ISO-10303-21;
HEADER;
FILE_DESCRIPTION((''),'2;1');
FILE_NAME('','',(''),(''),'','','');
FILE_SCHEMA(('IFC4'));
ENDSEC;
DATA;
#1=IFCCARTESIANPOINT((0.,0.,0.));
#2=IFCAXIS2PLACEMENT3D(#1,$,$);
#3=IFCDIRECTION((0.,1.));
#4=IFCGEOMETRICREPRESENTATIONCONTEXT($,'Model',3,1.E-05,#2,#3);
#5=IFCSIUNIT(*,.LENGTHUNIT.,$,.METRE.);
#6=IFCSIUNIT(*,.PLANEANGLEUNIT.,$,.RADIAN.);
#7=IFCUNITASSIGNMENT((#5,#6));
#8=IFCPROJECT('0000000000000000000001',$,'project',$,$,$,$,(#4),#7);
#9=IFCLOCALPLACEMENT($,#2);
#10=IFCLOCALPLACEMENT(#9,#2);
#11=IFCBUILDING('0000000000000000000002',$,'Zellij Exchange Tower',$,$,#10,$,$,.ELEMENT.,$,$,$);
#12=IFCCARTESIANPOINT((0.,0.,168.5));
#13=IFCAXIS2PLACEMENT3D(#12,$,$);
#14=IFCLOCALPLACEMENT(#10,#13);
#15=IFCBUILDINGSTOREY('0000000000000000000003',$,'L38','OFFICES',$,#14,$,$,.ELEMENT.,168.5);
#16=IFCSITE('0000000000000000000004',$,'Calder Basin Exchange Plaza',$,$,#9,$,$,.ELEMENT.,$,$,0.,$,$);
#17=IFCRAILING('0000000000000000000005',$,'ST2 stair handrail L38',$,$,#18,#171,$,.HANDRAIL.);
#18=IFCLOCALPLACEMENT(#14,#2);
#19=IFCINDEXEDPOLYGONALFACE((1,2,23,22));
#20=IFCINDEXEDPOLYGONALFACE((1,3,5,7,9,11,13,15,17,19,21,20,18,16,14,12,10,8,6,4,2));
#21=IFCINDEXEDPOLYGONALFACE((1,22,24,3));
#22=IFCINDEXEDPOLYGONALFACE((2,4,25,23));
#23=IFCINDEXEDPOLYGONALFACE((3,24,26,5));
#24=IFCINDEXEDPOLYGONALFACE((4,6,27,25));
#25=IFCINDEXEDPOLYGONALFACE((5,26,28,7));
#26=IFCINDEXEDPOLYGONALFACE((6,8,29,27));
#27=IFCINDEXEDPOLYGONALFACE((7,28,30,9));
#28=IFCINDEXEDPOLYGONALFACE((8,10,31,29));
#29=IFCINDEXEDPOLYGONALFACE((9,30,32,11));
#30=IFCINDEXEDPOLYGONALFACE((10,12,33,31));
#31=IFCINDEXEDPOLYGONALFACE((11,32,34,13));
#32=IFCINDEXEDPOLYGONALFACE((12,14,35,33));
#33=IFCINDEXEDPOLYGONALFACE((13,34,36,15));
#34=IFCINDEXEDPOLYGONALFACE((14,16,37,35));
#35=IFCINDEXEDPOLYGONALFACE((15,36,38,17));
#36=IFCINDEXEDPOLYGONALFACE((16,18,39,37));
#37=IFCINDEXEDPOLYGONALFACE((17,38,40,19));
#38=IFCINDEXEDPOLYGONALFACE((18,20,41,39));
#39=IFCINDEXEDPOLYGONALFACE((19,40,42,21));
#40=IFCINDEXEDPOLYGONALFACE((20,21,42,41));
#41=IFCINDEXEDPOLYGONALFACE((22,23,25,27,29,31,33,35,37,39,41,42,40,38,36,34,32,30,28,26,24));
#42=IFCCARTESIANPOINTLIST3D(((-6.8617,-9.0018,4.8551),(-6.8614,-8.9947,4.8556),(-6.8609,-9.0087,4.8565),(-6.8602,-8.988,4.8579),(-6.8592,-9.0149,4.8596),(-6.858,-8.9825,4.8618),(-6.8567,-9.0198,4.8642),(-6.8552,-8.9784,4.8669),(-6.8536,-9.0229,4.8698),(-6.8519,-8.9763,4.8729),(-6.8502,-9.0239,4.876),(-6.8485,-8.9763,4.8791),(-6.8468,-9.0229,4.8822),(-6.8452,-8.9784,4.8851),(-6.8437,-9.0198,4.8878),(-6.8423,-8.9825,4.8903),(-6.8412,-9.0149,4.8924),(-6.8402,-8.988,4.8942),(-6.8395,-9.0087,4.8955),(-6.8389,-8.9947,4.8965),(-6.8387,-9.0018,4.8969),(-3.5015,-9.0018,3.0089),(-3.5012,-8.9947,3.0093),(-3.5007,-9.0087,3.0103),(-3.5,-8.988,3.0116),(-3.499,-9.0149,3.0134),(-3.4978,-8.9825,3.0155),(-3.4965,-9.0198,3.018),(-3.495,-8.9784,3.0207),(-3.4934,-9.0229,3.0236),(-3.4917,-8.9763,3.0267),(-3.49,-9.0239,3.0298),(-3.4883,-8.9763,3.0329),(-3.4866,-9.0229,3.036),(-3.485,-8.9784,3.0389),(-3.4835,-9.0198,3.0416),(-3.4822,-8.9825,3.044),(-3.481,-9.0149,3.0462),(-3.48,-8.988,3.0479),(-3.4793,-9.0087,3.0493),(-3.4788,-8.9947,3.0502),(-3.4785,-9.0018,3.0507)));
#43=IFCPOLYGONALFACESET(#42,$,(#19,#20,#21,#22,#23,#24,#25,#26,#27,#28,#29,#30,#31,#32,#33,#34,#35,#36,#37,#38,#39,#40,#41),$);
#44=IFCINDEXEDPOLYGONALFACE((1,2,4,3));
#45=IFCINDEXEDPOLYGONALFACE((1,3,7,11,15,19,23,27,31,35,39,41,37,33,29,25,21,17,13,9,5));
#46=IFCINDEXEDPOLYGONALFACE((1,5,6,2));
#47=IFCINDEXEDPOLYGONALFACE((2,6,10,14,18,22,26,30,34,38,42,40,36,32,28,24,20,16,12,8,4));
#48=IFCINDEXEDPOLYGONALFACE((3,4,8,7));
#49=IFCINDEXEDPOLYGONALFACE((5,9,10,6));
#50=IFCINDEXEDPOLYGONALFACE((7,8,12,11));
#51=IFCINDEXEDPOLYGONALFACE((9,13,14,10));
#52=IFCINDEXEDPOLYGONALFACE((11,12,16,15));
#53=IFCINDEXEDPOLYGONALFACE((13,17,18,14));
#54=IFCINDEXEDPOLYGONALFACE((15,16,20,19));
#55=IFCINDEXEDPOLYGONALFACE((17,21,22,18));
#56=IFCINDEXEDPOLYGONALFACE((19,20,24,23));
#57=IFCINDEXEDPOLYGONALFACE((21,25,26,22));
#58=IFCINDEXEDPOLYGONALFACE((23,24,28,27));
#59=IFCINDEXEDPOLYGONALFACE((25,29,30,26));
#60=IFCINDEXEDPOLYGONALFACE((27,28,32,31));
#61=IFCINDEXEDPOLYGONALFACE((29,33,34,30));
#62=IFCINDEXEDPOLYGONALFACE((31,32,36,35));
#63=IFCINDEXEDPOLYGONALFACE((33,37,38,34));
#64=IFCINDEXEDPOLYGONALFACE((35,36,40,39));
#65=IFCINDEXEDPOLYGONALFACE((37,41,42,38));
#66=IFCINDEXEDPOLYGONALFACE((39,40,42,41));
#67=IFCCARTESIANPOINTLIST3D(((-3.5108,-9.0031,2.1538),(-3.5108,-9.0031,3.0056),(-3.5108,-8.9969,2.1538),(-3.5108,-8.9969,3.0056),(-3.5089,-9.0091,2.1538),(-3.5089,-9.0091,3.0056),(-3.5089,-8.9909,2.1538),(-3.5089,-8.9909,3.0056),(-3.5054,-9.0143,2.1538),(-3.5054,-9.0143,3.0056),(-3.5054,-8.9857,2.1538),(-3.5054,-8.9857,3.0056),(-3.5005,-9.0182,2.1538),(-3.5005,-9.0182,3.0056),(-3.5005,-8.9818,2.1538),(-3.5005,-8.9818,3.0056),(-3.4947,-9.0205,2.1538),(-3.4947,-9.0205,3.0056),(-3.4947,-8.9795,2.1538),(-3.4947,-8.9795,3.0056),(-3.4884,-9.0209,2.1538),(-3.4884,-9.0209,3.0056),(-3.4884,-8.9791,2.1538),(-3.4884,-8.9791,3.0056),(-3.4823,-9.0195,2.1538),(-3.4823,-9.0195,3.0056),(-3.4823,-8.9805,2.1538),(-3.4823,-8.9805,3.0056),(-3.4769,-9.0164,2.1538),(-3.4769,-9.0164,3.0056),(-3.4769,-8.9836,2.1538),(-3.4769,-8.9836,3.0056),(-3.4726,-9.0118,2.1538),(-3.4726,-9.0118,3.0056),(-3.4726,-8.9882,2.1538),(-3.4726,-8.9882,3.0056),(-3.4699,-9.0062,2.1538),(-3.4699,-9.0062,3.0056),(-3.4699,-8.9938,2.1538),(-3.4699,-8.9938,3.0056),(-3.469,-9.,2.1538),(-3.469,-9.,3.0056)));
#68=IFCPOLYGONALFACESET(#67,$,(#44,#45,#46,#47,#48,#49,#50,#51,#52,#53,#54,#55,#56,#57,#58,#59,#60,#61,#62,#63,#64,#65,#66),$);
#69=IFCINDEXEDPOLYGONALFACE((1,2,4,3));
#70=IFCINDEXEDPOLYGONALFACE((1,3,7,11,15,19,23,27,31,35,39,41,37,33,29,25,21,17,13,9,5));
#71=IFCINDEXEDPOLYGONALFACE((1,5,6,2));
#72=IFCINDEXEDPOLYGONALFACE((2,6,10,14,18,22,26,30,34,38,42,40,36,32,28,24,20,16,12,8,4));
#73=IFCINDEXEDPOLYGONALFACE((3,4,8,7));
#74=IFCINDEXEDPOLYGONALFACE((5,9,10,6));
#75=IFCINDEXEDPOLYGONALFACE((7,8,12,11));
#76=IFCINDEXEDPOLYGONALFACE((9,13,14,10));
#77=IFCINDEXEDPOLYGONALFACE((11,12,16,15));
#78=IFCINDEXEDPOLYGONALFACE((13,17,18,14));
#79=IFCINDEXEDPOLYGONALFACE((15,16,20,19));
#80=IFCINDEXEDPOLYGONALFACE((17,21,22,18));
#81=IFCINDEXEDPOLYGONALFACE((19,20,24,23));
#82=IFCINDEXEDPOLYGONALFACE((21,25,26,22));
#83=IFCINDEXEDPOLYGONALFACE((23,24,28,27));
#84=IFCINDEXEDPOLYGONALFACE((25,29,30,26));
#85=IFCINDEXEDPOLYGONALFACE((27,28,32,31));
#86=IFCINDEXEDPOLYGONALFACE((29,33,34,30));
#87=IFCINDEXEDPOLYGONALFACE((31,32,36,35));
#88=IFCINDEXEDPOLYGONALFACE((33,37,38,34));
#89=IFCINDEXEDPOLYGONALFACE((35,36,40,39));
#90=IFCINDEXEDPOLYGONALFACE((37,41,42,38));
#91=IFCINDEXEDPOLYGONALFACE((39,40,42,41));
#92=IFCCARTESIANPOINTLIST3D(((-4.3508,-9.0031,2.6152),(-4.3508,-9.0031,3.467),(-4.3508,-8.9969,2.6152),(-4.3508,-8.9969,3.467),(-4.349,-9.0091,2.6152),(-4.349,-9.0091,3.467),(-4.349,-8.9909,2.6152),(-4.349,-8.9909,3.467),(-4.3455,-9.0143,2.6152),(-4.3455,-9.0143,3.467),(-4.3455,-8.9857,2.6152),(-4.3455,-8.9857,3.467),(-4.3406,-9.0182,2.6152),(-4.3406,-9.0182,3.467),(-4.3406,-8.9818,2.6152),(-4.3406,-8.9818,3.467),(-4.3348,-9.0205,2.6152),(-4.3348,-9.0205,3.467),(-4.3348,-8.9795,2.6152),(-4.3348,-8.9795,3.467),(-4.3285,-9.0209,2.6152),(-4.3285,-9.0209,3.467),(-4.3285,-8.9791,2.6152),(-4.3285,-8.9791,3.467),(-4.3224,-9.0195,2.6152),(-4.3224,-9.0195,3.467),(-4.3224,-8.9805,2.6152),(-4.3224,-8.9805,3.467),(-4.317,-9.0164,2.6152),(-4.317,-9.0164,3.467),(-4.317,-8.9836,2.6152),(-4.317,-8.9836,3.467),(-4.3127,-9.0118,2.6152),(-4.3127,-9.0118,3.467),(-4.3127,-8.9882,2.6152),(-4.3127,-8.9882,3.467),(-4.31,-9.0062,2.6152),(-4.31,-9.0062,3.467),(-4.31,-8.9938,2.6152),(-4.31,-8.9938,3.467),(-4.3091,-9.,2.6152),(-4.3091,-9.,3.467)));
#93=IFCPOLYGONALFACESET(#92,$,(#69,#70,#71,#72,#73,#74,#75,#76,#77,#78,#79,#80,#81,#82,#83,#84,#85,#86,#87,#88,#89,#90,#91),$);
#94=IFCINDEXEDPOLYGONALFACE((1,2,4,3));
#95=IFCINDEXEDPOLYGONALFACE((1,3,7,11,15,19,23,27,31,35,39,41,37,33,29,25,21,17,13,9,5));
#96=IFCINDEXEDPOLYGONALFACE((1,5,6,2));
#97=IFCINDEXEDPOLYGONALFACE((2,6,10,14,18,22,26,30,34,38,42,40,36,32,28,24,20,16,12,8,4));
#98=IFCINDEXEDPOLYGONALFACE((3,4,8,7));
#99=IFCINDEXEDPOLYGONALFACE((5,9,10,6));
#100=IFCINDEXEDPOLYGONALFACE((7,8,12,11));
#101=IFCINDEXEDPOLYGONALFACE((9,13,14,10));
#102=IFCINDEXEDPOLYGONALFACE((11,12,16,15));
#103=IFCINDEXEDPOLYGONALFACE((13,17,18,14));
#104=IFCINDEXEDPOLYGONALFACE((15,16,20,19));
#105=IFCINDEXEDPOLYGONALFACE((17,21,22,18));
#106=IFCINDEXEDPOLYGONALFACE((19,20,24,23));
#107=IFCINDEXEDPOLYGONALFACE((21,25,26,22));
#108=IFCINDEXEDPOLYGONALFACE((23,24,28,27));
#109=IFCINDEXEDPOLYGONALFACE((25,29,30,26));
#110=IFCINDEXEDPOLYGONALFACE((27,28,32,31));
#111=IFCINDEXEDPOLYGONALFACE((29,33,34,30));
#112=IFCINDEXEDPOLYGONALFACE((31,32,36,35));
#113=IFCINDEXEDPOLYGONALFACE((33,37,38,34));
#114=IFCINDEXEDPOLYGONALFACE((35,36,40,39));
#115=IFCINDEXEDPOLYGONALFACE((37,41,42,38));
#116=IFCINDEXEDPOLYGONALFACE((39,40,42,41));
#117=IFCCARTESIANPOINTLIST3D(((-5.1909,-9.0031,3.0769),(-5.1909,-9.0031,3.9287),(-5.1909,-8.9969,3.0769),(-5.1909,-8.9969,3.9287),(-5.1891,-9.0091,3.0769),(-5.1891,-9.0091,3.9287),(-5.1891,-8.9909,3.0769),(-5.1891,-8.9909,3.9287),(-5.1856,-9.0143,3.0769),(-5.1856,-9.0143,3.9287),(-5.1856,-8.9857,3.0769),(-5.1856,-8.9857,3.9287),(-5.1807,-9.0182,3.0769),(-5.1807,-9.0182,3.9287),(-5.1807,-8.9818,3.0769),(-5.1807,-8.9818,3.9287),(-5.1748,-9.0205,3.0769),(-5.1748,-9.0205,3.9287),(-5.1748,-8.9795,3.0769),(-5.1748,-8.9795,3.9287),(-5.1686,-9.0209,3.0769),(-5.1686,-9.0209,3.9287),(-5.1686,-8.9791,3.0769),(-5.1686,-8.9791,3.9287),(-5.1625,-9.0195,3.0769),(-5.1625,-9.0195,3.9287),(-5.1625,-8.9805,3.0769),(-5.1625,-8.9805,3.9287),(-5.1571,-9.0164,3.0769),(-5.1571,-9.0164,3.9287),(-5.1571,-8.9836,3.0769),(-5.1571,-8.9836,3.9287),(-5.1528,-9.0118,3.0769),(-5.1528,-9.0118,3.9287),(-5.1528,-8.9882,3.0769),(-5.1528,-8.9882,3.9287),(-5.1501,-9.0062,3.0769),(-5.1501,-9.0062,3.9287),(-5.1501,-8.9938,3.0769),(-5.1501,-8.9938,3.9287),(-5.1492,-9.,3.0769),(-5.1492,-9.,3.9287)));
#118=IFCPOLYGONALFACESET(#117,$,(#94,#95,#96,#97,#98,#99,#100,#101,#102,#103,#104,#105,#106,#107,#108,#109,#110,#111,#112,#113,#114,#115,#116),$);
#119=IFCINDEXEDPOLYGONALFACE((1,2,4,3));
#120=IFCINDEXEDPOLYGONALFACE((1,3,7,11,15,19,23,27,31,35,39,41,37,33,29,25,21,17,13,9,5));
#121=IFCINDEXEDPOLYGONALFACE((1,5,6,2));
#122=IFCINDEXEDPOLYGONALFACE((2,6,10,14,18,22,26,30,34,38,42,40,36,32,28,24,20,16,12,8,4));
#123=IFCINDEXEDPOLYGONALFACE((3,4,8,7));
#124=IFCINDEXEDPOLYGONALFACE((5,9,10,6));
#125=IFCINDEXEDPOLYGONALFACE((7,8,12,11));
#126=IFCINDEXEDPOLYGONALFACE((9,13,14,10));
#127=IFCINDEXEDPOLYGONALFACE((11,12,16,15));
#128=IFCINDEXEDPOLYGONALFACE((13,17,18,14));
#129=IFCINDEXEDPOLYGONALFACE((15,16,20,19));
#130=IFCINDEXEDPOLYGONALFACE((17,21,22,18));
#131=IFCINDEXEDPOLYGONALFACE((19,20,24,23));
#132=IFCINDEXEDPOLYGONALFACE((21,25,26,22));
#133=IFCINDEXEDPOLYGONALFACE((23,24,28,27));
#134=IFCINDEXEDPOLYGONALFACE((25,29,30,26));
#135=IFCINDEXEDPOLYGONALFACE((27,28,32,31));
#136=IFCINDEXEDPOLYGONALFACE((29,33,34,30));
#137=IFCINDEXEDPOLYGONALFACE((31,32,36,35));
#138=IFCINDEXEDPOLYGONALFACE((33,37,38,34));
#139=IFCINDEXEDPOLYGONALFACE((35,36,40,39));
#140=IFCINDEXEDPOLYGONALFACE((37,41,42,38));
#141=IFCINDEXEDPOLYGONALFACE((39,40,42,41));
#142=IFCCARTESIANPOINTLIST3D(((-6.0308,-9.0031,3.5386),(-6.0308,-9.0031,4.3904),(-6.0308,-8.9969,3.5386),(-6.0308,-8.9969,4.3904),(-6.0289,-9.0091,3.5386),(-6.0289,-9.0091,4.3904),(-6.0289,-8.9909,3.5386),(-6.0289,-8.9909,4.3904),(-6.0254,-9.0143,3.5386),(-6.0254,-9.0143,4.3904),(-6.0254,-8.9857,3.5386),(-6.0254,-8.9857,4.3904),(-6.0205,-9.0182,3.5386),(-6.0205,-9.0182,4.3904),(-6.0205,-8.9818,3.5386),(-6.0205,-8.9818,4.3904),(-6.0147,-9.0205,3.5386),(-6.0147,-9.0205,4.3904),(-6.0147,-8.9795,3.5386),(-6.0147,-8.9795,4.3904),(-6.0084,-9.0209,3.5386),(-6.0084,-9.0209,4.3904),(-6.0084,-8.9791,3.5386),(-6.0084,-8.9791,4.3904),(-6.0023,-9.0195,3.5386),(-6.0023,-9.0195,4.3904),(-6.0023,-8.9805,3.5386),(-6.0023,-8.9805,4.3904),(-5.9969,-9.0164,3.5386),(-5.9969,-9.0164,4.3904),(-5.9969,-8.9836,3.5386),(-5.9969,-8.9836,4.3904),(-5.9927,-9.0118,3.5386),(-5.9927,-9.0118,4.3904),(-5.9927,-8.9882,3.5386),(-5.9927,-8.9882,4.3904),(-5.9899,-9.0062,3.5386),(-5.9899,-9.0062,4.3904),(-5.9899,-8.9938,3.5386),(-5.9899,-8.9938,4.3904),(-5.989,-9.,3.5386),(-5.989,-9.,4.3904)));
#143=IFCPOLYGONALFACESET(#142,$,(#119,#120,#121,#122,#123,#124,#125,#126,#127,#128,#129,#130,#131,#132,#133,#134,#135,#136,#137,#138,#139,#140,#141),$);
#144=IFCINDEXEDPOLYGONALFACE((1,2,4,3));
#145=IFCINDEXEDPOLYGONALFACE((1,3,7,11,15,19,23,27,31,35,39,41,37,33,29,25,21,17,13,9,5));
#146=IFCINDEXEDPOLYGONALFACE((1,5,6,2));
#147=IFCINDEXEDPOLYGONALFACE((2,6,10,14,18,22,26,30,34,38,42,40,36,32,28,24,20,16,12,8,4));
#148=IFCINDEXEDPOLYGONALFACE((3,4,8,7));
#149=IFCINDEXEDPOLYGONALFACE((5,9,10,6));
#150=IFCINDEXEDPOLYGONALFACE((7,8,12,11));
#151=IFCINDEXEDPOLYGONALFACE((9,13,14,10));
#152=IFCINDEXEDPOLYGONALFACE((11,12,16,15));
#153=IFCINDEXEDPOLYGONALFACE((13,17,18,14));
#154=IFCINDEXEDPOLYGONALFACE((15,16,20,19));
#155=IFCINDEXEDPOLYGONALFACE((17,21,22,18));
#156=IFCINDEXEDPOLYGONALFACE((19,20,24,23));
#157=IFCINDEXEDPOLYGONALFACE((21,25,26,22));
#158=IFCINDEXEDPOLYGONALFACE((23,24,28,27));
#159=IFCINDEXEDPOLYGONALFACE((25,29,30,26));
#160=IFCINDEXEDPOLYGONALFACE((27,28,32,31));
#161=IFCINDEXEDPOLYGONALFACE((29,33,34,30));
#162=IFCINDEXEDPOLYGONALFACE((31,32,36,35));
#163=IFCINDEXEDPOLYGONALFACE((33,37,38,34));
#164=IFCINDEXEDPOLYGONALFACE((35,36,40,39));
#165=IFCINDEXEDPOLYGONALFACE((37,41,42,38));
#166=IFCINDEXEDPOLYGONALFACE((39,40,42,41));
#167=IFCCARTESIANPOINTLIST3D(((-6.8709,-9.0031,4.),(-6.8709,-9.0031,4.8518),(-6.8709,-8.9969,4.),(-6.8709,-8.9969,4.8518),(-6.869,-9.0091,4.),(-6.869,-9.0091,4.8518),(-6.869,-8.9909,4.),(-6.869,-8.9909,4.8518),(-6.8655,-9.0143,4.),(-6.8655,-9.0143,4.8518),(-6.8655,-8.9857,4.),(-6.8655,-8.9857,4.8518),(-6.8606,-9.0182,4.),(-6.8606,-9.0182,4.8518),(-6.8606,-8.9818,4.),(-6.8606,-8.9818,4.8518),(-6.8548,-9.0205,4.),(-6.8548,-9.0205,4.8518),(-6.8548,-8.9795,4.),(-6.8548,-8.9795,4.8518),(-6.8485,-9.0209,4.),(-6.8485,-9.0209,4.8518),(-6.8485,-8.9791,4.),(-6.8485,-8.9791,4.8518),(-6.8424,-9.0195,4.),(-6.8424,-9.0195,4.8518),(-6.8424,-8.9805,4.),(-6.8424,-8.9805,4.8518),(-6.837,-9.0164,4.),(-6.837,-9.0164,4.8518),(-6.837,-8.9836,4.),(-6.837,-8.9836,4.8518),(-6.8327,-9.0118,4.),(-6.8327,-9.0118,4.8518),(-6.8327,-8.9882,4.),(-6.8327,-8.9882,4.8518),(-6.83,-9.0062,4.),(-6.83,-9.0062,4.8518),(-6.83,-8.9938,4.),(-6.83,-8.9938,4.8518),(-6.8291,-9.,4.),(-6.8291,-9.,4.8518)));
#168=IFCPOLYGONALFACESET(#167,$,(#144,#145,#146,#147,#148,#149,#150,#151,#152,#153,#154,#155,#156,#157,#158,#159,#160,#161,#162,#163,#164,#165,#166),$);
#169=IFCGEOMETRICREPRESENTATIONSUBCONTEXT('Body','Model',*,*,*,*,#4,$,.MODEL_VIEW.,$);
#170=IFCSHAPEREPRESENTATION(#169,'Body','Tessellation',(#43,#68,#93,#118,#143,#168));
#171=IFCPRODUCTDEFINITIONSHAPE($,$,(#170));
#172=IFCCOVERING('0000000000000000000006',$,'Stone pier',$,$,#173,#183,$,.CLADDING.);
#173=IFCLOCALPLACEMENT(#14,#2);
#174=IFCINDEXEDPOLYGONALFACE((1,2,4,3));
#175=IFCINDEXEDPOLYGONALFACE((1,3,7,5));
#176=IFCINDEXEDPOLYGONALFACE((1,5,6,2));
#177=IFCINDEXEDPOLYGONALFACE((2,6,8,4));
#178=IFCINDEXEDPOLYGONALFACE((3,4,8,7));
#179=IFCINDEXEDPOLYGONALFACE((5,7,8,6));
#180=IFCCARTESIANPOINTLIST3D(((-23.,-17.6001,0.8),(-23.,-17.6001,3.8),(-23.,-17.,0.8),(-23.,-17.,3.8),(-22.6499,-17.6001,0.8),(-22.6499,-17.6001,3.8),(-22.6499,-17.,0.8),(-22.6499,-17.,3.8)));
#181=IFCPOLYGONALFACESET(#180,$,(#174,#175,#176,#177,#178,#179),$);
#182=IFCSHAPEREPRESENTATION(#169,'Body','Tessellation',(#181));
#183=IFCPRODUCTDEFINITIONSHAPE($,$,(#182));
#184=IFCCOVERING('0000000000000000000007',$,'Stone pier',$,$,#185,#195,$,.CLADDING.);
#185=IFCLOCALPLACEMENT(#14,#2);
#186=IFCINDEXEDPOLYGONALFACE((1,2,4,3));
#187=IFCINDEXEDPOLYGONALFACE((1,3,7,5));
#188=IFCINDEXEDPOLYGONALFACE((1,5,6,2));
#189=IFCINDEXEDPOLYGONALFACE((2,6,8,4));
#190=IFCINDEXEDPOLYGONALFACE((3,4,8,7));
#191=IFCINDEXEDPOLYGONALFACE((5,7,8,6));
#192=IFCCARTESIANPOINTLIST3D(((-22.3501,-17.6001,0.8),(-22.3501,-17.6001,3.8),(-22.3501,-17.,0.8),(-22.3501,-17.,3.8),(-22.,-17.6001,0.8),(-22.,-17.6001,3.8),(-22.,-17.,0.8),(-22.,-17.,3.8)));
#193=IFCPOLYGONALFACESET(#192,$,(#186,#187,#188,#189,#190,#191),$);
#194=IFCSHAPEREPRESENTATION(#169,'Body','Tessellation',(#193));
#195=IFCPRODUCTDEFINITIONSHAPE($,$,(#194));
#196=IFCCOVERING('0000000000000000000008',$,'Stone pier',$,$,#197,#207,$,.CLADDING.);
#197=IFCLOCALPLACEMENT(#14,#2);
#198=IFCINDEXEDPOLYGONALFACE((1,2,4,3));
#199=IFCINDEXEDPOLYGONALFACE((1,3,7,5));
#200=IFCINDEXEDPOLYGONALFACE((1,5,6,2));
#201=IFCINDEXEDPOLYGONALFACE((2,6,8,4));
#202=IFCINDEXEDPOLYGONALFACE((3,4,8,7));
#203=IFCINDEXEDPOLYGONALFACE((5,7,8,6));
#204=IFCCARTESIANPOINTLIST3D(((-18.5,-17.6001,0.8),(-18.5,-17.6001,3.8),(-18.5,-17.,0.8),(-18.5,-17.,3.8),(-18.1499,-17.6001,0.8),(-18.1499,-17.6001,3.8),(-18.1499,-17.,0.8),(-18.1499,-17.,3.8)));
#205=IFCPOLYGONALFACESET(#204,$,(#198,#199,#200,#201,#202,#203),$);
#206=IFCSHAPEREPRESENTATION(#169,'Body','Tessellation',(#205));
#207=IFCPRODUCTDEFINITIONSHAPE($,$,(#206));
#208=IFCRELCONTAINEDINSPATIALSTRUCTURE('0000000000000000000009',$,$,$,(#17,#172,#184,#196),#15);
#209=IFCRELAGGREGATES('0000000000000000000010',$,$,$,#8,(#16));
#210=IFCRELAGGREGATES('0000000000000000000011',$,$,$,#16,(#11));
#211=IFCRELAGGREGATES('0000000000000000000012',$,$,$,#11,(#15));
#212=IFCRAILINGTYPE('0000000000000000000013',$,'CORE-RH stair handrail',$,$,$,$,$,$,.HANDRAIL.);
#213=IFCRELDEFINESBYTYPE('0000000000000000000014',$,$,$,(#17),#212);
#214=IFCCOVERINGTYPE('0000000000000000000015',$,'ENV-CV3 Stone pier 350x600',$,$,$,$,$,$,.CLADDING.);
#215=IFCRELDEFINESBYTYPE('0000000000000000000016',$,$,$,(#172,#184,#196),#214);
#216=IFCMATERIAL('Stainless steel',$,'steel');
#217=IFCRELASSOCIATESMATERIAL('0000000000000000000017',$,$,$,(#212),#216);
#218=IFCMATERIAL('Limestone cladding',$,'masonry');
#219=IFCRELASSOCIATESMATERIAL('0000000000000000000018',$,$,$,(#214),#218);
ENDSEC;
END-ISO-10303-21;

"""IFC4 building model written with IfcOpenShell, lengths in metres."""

from ifc_helpers import new_model, si_unit, direction, frame, origin, origin_2d, place, context, subcontext, project, spatial, polyline, circle, outline, extrude, material, type_object, element, save


model = new_model("IFC4")

# Units and contexts
model_context = context("Model", 3, precision=1e-05, world=origin(), true_north=direction((0.0, 1.0)))
body_context = subcontext(model_context, "Body", "Model", "MODEL_VIEW")
ifc_project = project(units=[si_unit("LENGTHUNIT", "METRE"), si_unit("PLANEANGLEUNIT", "RADIAN")], contexts=[model_context])

# Site, building, storey
site_placement = place(None, origin())
site = spatial("IfcSite", under=ifc_project, at=site_placement, Name="Calder Basin Exchange Plaza", CompositionType="ELEMENT", RefElevation=0.0)
building_placement = place(site_placement, origin())
building = spatial("IfcBuilding", under=site, at=building_placement, Name="Zellij Exchange Tower", CompositionType="ELEMENT")
storey_placement = place(building_placement, frame((0.0, 0.0, 168.5)))
storey = spatial("IfcBuildingStorey", under=building, at=storey_placement, Name="L38", Description="OFFICES", CompositionType="ELEMENT", Elevation=168.5)

# Railing
ifc_material_1 = material(Name="Stainless steel", Category="steel")
railing_type = type_object("IfcRailingType", Name="CORE-RH stair handrail", PredefinedType="HANDRAIL", material=ifc_material_1)
railing_placement = place(storey_placement, frame((-3.49, -9.0, 2.1538)))
element("IfcRailing", 1, at=railing_placement, inside=storey, type_object=railing_type, Name="ST2 stair handrail L38", PredefinedType="HANDRAIL", context=body_context, shape_type="SweptSolid", body=[
    extrude(circle(Radius=0.0239, at=origin_2d()), frame((0.0, 0.0, 0.876), z_axis=(-0.876422, 0.0, 0.481545), x_axis=(0.0, -1.0, 0.0)), (0.0, 0.0, 1.0), 3.834),
    extrude(circle(Radius=0.021, at=origin_2d()), origin(), (0.0, 0.0, 1.0), 0.8518),
    extrude(circle(Radius=0.021, at=origin_2d()), frame((-0.8401, 0.0, 0.4614)), (0.0, 0.0, 1.0), 0.8518),
    extrude(circle(Radius=0.021, at=origin_2d()), frame((-1.6802, 0.0, 0.9231)), (0.0, 0.0, 1.0), 0.8518),
    extrude(circle(Radius=0.021, at=origin_2d()), frame((-2.52, 0.0, 1.3848)), (0.0, 0.0, 1.0), 0.8518),
    extrude(circle(Radius=0.021, at=origin_2d()), frame((-3.3601, 0.0, 1.8462)), (0.0, 0.0, 1.0), 0.8518),
])

# Coverings
ifc_material_2 = material(Name="Limestone cladding", Category="masonry")
covering_type = type_object("IfcCoveringType", Name="ENV-CV3 Stone pier 350x600", PredefinedType="CLADDING", material=ifc_material_2)
covering_1_placement = place(storey_placement, frame((0.0, 0.0, 0.8)))
element("IfcCovering", 2, at=covering_1_placement, inside=storey, type_object=covering_type, Name="Stone pier", PredefinedType="CLADDING", context=body_context, shape_type="SweptSolid", body=[
    extrude(outline(polyline([(-23.0, -17.0), (-22.6499, -17.0), (-22.6499, -17.6001), (-23.0, -17.6001), (-23.0, -17.0)])), origin(), (0.0, 0.0, 1.0), 3.0),
])
covering_2_placement = place(storey_placement, frame((0.0, 0.0, 0.8)))
element("IfcCovering", 3, at=covering_2_placement, inside=storey, type_object=covering_type, Name="Stone pier", PredefinedType="CLADDING", context=body_context, shape_type="SweptSolid", body=[
    extrude(outline(polyline([(-22.3501, -17.0), (-22.0, -17.0), (-22.0, -17.6001), (-22.3501, -17.6001), (-22.3501, -17.0)])), origin(), (0.0, 0.0, 1.0), 3.0),
])
covering_3_placement = place(storey_placement, frame((0.0, 0.0, 0.8)))
element("IfcCovering", 4, at=covering_3_placement, inside=storey, type_object=covering_type, Name="Stone pier", PredefinedType="CLADDING", context=body_context, shape_type="SweptSolid", body=[
    extrude(outline(polyline([(-18.5, -17.0), (-18.1499, -17.0), (-18.1499, -17.6001), (-18.5, -17.6001), (-18.5, -17.0)])), origin(), (0.0, 0.0, 1.0), 3.0),
])

save(model, "model.ifc")
